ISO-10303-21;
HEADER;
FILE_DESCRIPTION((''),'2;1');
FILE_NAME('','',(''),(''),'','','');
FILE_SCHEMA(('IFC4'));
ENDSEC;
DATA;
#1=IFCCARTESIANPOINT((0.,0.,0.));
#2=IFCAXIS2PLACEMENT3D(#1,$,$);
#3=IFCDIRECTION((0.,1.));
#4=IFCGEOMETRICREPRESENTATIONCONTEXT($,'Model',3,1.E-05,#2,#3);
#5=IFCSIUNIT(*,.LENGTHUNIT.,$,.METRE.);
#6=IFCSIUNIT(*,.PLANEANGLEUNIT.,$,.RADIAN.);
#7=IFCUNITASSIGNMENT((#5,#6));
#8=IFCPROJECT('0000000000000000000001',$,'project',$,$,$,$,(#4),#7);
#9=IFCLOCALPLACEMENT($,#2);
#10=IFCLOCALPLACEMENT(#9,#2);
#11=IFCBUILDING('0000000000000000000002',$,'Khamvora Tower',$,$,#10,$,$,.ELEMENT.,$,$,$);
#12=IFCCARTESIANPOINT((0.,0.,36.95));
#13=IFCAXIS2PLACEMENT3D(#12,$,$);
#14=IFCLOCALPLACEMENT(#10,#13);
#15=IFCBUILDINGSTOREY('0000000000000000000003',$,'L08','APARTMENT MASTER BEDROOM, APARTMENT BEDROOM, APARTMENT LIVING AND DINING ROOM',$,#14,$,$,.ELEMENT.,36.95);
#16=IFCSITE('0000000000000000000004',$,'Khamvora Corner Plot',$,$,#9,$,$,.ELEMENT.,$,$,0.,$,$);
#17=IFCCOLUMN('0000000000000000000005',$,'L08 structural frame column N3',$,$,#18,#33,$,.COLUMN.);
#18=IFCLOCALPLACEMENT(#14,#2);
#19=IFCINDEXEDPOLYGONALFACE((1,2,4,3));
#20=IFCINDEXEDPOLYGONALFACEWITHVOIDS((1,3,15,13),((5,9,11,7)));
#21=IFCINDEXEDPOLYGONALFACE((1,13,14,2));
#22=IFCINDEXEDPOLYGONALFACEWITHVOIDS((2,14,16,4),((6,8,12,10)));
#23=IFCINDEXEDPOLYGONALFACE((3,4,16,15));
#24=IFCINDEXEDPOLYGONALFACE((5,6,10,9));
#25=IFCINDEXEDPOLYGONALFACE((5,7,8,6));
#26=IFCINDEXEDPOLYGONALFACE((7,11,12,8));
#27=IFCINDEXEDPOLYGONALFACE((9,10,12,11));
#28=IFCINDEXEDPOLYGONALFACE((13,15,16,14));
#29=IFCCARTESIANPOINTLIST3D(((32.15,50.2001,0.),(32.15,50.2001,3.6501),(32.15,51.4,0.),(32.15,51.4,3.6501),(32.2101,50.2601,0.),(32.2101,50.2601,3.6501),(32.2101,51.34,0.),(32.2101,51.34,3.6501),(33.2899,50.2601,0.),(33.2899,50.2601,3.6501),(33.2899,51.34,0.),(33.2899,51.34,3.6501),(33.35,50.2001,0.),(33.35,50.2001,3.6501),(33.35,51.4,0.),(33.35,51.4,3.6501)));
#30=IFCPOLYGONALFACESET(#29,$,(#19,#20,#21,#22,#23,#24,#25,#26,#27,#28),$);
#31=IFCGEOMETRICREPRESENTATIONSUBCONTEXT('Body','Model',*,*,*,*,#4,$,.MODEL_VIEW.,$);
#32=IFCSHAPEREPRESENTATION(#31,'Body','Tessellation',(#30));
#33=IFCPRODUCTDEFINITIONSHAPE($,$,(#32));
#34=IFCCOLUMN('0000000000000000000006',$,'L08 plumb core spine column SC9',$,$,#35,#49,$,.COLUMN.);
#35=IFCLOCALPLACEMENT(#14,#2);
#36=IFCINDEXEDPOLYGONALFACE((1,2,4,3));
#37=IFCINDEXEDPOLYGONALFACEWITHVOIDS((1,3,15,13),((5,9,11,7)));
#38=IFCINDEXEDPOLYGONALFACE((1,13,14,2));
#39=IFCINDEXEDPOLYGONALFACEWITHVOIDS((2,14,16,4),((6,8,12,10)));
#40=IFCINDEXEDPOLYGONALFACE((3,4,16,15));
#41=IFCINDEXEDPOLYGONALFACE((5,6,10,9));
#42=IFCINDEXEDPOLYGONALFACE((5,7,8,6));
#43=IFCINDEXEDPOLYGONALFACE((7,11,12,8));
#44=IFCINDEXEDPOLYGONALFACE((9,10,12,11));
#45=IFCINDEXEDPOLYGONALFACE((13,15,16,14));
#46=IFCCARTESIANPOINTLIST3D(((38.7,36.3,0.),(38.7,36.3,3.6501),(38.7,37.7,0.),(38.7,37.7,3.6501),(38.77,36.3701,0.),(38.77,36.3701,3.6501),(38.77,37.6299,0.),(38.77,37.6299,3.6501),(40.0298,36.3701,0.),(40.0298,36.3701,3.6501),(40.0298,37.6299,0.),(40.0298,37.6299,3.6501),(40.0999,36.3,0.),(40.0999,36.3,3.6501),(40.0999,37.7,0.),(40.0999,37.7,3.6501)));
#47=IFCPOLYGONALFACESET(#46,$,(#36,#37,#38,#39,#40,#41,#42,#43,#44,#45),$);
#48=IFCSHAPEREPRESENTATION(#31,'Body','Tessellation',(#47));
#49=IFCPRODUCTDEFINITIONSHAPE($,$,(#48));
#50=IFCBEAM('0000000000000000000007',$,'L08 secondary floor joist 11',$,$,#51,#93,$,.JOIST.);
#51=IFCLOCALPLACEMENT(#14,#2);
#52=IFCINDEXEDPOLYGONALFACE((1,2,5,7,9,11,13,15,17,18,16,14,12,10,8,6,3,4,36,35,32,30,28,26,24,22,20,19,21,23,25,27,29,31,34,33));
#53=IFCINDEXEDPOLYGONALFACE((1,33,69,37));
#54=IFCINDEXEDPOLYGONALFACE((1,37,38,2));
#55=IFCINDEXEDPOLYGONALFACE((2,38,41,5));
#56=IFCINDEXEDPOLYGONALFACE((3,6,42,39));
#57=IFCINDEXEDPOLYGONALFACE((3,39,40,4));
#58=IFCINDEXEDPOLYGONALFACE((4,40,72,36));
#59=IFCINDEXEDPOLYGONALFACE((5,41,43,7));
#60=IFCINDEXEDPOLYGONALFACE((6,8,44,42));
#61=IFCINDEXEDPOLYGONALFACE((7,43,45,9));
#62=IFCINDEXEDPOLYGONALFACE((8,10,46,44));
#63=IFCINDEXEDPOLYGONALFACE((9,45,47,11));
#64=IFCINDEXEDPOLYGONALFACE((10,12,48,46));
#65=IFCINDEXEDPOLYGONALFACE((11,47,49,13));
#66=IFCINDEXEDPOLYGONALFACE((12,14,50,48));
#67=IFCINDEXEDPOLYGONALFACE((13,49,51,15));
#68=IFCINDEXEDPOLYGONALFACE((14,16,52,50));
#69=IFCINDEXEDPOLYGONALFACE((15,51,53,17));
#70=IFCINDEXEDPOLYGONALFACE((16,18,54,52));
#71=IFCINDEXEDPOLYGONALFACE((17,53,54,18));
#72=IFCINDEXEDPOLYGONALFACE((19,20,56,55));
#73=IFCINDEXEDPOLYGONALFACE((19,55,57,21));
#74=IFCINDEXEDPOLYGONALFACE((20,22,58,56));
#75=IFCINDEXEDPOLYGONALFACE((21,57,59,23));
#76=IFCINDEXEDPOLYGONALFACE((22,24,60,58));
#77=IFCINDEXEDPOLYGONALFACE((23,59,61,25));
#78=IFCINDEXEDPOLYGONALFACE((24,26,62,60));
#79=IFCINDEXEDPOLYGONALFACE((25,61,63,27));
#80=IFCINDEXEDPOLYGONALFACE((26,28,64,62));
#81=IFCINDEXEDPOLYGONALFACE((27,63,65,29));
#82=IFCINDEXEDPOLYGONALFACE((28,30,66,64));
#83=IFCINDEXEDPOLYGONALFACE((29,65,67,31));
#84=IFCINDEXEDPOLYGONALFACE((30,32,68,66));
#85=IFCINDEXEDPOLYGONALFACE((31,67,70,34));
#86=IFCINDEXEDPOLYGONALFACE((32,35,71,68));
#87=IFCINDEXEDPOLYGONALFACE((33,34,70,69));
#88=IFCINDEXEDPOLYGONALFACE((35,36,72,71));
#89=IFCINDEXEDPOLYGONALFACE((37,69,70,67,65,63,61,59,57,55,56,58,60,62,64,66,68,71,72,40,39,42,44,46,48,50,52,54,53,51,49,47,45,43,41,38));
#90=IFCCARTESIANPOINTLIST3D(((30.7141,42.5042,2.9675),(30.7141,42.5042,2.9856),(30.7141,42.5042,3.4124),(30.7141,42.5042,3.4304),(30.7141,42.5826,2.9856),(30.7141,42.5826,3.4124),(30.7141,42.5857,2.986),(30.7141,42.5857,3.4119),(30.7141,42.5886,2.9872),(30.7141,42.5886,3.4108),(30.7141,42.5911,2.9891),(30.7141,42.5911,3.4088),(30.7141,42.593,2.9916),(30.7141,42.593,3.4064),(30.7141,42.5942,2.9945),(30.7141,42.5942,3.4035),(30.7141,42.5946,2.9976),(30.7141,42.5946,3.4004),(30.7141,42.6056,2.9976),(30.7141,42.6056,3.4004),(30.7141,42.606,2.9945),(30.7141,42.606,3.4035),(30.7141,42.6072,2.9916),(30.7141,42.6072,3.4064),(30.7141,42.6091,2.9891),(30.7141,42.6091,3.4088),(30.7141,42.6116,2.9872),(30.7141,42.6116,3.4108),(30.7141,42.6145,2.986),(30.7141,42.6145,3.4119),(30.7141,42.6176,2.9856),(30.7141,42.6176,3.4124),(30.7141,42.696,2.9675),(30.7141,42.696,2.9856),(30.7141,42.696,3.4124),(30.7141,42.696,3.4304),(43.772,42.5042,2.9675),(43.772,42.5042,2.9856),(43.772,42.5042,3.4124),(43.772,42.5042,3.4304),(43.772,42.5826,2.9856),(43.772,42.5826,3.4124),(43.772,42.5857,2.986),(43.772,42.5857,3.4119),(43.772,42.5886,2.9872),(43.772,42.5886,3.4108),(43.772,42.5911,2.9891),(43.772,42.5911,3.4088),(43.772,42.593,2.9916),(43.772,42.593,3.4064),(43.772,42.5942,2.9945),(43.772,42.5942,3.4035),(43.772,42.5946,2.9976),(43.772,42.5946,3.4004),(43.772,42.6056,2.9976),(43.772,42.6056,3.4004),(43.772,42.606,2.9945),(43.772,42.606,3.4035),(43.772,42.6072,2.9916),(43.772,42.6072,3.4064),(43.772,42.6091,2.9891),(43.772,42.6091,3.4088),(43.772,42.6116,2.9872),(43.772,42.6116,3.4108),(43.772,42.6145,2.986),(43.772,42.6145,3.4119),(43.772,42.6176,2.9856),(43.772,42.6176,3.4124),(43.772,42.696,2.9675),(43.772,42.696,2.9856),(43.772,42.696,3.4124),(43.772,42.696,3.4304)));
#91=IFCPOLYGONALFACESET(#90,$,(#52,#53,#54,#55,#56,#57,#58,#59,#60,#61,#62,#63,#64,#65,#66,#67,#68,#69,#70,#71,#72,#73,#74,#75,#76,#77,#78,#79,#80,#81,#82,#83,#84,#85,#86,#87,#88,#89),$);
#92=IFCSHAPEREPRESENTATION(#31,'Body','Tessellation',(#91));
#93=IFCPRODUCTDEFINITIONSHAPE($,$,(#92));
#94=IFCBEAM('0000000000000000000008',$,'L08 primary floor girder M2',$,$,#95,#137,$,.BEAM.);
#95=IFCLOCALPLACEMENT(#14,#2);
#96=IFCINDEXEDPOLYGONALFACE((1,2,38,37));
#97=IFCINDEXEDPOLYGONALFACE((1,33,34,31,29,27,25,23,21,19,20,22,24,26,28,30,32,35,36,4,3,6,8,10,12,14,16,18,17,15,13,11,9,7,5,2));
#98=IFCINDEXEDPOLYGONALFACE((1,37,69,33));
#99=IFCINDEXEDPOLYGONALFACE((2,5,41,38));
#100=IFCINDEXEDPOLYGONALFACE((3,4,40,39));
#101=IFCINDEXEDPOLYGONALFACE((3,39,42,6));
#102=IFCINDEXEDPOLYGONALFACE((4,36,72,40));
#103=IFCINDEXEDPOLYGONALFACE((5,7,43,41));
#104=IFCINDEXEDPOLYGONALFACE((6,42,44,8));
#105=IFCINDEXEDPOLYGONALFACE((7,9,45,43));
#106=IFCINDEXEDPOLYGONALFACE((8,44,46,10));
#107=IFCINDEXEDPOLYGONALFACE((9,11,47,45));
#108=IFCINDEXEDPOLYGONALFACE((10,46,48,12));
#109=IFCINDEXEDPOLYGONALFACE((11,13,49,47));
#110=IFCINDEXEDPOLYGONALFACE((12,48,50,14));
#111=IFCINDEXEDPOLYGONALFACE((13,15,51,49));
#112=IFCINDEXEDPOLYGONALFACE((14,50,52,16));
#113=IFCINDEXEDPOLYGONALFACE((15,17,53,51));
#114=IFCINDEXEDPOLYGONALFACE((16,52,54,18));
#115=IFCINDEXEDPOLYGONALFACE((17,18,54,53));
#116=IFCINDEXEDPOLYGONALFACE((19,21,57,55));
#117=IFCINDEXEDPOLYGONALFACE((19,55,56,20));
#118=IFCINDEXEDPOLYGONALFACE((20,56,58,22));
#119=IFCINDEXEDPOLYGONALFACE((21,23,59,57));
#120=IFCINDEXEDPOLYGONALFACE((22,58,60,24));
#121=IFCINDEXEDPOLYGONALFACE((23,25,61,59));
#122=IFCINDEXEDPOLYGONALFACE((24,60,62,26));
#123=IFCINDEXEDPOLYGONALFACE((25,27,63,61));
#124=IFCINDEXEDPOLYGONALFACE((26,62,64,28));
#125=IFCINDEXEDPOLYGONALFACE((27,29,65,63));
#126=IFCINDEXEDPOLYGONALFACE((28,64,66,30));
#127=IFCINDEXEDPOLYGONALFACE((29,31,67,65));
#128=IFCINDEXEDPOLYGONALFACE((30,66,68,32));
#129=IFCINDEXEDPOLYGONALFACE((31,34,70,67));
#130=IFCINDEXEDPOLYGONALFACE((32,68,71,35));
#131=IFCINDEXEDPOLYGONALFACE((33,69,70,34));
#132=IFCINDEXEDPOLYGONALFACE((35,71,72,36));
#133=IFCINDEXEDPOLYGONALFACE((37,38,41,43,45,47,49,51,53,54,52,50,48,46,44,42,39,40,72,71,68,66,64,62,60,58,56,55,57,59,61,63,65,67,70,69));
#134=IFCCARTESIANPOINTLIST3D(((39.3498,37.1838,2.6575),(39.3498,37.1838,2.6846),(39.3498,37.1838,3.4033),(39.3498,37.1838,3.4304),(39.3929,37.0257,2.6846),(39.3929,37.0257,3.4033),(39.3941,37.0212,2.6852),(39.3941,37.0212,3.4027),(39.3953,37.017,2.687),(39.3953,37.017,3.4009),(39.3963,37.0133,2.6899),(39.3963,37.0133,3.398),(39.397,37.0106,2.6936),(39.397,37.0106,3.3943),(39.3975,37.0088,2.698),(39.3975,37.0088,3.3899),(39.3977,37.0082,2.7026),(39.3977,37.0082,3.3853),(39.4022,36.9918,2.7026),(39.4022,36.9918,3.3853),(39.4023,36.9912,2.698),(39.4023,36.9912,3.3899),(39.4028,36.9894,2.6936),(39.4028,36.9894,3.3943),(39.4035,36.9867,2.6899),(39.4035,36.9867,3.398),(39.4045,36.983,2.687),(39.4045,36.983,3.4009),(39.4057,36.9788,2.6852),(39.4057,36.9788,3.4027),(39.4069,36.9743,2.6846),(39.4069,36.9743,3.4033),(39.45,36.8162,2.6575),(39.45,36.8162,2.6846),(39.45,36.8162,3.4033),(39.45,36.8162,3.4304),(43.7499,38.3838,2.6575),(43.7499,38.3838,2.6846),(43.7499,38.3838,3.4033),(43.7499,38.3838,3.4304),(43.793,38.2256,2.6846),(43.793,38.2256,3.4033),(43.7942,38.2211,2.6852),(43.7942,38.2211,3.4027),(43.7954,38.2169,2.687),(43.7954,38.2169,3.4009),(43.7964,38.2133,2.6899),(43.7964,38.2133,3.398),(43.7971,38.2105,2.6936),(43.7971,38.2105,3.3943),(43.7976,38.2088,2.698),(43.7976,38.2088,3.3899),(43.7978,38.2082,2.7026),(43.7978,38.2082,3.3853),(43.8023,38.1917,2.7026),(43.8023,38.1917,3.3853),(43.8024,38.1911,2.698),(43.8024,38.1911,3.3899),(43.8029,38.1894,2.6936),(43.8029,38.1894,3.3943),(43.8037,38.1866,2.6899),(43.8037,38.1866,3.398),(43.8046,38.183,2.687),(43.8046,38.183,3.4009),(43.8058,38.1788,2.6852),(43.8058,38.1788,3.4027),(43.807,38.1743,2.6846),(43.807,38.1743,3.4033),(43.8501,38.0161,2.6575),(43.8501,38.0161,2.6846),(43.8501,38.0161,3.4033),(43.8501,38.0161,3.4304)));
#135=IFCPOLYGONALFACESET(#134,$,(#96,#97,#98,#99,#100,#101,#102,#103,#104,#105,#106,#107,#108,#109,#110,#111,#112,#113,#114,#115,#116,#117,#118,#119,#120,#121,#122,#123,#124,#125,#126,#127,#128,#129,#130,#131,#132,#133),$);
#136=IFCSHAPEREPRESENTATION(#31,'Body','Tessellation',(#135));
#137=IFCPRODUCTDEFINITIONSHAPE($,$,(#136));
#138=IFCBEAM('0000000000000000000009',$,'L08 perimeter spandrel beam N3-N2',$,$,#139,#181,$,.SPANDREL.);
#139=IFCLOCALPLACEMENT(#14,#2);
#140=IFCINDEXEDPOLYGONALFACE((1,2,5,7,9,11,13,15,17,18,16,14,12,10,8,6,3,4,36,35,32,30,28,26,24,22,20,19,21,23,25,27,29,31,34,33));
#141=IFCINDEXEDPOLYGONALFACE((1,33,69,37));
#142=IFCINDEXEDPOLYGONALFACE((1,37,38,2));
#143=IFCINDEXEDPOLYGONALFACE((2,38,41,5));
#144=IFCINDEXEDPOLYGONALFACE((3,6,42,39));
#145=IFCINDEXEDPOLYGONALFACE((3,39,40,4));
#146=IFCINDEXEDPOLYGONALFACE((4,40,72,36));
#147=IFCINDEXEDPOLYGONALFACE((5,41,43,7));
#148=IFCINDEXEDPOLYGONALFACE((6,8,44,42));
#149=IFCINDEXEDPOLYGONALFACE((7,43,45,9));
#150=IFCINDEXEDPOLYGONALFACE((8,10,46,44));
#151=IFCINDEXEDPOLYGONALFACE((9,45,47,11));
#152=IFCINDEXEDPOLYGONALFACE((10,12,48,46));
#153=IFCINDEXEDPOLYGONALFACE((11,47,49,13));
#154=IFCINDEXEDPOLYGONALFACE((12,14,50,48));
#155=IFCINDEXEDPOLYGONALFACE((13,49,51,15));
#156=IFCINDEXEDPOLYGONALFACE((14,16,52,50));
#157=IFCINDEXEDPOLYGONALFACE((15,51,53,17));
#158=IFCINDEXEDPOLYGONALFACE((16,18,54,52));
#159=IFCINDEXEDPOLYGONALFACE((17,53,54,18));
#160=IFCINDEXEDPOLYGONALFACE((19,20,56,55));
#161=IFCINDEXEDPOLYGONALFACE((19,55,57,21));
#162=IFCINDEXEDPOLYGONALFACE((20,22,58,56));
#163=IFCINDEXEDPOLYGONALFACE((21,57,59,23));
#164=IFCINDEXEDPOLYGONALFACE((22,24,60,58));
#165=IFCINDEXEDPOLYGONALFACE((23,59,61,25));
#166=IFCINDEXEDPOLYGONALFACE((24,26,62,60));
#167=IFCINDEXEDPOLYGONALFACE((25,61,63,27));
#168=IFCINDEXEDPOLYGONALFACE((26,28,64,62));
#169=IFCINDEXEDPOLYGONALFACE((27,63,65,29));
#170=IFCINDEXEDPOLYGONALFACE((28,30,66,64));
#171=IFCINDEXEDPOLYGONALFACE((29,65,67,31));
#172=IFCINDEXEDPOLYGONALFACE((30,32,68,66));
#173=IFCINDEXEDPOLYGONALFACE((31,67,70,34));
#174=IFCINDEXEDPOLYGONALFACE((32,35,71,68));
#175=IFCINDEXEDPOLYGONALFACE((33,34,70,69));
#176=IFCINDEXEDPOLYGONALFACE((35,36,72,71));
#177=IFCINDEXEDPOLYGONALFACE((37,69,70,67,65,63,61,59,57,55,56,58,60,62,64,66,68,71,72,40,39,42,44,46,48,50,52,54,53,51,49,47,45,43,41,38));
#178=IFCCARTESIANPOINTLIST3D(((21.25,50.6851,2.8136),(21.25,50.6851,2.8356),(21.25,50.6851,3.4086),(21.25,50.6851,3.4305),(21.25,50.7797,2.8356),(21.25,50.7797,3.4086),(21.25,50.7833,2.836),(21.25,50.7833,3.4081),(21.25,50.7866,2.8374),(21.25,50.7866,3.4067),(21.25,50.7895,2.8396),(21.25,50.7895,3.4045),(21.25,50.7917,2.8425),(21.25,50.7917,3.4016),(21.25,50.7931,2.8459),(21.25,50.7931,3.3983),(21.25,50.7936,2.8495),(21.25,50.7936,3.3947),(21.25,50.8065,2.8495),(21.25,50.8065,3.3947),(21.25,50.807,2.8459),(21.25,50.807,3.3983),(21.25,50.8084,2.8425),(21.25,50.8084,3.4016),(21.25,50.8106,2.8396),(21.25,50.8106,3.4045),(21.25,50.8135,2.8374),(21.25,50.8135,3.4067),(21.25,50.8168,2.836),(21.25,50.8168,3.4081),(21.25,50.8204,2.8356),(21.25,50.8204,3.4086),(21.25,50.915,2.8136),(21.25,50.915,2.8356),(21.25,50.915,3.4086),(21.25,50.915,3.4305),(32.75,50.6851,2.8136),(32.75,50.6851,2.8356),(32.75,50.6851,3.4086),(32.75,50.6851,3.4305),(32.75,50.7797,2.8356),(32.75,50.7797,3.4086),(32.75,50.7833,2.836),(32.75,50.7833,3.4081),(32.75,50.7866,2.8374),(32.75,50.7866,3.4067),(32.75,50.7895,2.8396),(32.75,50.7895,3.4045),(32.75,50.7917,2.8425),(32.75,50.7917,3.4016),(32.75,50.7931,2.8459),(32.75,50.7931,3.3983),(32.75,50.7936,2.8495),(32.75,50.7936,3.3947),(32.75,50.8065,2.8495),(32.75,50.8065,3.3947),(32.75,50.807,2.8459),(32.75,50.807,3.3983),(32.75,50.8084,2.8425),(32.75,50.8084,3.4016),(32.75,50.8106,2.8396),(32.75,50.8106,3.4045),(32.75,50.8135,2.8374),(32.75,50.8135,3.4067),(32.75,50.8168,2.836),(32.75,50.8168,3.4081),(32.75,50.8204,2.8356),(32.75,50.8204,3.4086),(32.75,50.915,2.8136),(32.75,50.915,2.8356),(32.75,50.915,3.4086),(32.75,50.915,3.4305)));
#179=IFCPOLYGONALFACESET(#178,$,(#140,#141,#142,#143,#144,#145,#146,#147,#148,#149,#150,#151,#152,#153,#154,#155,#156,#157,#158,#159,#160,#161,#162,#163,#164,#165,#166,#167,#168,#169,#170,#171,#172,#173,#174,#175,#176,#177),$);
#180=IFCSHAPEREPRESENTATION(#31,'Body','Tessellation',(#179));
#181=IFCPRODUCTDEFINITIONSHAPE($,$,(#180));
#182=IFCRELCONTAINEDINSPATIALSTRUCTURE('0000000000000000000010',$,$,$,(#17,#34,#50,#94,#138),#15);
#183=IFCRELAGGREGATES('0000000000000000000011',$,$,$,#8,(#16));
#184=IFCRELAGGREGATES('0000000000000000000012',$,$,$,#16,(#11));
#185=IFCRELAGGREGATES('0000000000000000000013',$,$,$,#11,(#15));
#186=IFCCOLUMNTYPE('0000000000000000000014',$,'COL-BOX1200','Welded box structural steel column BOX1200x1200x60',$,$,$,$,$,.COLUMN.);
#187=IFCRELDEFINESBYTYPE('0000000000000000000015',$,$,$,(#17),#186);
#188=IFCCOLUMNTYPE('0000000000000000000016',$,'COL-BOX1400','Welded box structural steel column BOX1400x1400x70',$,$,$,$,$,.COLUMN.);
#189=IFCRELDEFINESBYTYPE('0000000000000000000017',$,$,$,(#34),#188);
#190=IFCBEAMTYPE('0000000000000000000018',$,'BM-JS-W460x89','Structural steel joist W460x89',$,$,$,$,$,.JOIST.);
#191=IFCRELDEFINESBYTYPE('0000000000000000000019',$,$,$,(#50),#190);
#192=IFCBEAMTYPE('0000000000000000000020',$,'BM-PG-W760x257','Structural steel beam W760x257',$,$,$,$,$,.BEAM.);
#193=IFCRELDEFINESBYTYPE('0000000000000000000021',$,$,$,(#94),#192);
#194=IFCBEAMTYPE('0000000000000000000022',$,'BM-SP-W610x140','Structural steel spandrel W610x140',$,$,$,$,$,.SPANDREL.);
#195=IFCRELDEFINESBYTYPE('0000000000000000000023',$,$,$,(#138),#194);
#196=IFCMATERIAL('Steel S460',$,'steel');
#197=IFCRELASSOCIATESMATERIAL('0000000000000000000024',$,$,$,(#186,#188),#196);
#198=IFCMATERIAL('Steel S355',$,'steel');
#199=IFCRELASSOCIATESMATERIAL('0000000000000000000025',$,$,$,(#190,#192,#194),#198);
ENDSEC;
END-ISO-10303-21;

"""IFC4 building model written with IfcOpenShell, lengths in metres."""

from ifc_helpers import new_model, si_unit, direction, frame, origin, origin_2d, place, context, subcontext, project, spatial, hollow_rectangle, i_section, extrude, material, material_profile, profile_set, type_object, element, save


model = new_model("IFC4")

# Units and contexts
model_context = context("Model", 3, precision=1e-05, world=origin(), true_north=direction((0.0, 1.0)))
body_context = subcontext(model_context, "Body", "Model", "MODEL_VIEW")
ifc_project = project(units=[si_unit("LENGTHUNIT", "METRE"), si_unit("PLANEANGLEUNIT", "RADIAN")], contexts=[model_context])

# Site, building, storey
site_placement = place(None, origin())
site = spatial("IfcSite", under=ifc_project, at=site_placement, Name="Khamvora Corner Plot", CompositionType="ELEMENT", RefElevation=0.0)
building_placement = place(site_placement, origin())
building = spatial("IfcBuilding", under=site, at=building_placement, Name="Khamvora Tower", CompositionType="ELEMENT")
storey_placement = place(building_placement, frame((0.0, 0.0, 36.95)))
storey = spatial("IfcBuildingStorey", under=building, at=storey_placement, Name="L08", Description="APARTMENT MASTER BEDROOM, APARTMENT BEDROOM, APARTMENT LIVING AND DINING ROOM", CompositionType="ELEMENT", Elevation=36.95)

# Columns
ifc_material_1 = material(Name="Steel S460", Category="steel")
ifc_material_profile_1 = material_profile(ifc_material_1, hollow_rectangle(XDim=1.2, YDim=1.2, WallThickness=0.0601, at=origin_2d()), Name="BOX1200x1200x60")
ifc_profile_set_1 = profile_set([ifc_material_profile_1], Name="Steel S460")
column_type_1 = type_object("IfcColumnType", Name="COL-BOX1200", Description="Welded box structural steel column BOX1200x1200x60", PredefinedType="COLUMN", material=ifc_profile_set_1)
column_1_placement = place(storey_placement, frame((32.75, 50.8, 0.0), z_axis=(0.0, 0.0, 1.0), x_axis=(1.0, 0.0, 0.0)))
element("IfcColumn", 1, at=column_1_placement, inside=storey, type_object=column_type_1, Name="L08 structural frame column N3", PredefinedType="COLUMN", context=body_context, shape_type="SweptSolid", body=[
    extrude(hollow_rectangle(XDim=1.2, YDim=1.2, WallThickness=0.0601, at=origin_2d()), origin(), (0.0, 0.0, 1.0), 3.6501),
])
ifc_material_profile_2 = material_profile(ifc_material_1, hollow_rectangle(XDim=1.3999, YDim=1.3999, WallThickness=0.0701, at=origin_2d()), Name="BOX1400x1400x70")
ifc_profile_set_2 = profile_set([ifc_material_profile_2], Name="Steel S460")
column_type_2 = type_object("IfcColumnType", Name="COL-BOX1400", Description="Welded box structural steel column BOX1400x1400x70", PredefinedType="COLUMN", material=ifc_profile_set_2)
column_2_placement = place(storey_placement, frame((39.3999, 37.0, 0.0), z_axis=(0.0, 0.0, 1.0), x_axis=(1.0, 0.0, 0.0)))
element("IfcColumn", 2, at=column_2_placement, inside=storey, type_object=column_type_2, Name="L08 plumb core spine column SC9", PredefinedType="COLUMN", context=body_context, shape_type="SweptSolid", body=[
    extrude(hollow_rectangle(XDim=1.3999, YDim=1.3999, WallThickness=0.0701, at=origin_2d()), origin(), (0.0, 0.0, 1.0), 3.6501),
])

# Beams
ifc_material_2 = material(Name="Steel S355", Category="steel")
ifc_material_profile_3 = material_profile(ifc_material_2, i_section(OverallWidth=0.1919, OverallDepth=0.4629, WebThickness=0.011, FlangeThickness=0.0181, FilletRadius=0.012, at=origin_2d()), Name="W460x89")
ifc_profile_set_3 = profile_set([ifc_material_profile_3], Name="Steel S355")
beam_type_1 = type_object("IfcBeamType", Name="BM-JS-W460x89", Description="Structural steel joist W460x89", PredefinedType="JOIST", material=ifc_profile_set_3)
beam_1_placement = place(storey_placement, frame((30.7141, 42.6001, 3.199), z_axis=(1.0, 0.0, 0.0), x_axis=(0.0, 1.0, 0.0)))
element("IfcBeam", 3, at=beam_1_placement, inside=storey, type_object=beam_type_1, Name="L08 secondary floor joist 11", PredefinedType="JOIST", context=body_context, shape_type="SweptSolid", body=[
    extrude(i_section(OverallWidth=0.1919, OverallDepth=0.4629, WebThickness=0.011, FlangeThickness=0.0181, FilletRadius=0.012, at=origin_2d()), origin(), (0.0, 0.0, 1.0), 13.0579),
])
ifc_material_profile_4 = material_profile(ifc_material_2, i_section(OverallWidth=0.3811, OverallDepth=0.7729, WebThickness=0.0171, FlangeThickness=0.0271, FilletRadius=0.0181, at=origin_2d()), Name="W760x257")
ifc_profile_set_4 = profile_set([ifc_material_profile_4], Name="Steel S355")
beam_type_2 = type_object("IfcBeamType", Name="BM-PG-W760x257", Description="Structural steel beam W760x257", PredefinedType="BEAM", material=ifc_profile_set_4)
beam_2_placement = place(storey_placement, frame((39.3999, 37.0, 3.0439), z_axis=(0.964769, 0.263099, 0.0), x_axis=(-0.263099, 0.964769, 0.0)))
element("IfcBeam", 4, at=beam_2_placement, inside=storey, type_object=beam_type_2, Name="L08 primary floor girder M2", PredefinedType="BEAM", context=body_context, shape_type="SweptSolid", body=[
    extrude(i_section(OverallWidth=0.3811, OverallDepth=0.7729, WebThickness=0.0171, FlangeThickness=0.0271, FilletRadius=0.0181, at=origin_2d()), origin(), (0.0, 0.0, 1.0), 4.5608),
])
ifc_material_profile_5 = material_profile(ifc_material_2, i_section(OverallWidth=0.23, OverallDepth=0.6169, WebThickness=0.0129, FlangeThickness=0.022, FilletRadius=0.0139, at=origin_2d()), Name="W610x140")
ifc_profile_set_5 = profile_set([ifc_material_profile_5], Name="Steel S355")
beam_type_3 = type_object("IfcBeamType", Name="BM-SP-W610x140", Description="Structural steel spandrel W610x140", PredefinedType="SPANDREL", material=ifc_profile_set_5)
beam_3_placement = place(storey_placement, frame((32.75, 50.8, 3.1221), z_axis=(-1.0, 0.0, 0.0), x_axis=(0.0, -1.0, 0.0)))
element("IfcBeam", 5, at=beam_3_placement, inside=storey, type_object=beam_type_3, Name="L08 perimeter spandrel beam N3-N2", PredefinedType="SPANDREL", context=body_context, shape_type="SweptSolid", body=[
    extrude(i_section(OverallWidth=0.23, OverallDepth=0.6169, WebThickness=0.0129, FlangeThickness=0.022, FilletRadius=0.0139, at=origin_2d()), origin(), (0.0, 0.0, 1.0), 11.5),
])

save(model, "model.ifc")
